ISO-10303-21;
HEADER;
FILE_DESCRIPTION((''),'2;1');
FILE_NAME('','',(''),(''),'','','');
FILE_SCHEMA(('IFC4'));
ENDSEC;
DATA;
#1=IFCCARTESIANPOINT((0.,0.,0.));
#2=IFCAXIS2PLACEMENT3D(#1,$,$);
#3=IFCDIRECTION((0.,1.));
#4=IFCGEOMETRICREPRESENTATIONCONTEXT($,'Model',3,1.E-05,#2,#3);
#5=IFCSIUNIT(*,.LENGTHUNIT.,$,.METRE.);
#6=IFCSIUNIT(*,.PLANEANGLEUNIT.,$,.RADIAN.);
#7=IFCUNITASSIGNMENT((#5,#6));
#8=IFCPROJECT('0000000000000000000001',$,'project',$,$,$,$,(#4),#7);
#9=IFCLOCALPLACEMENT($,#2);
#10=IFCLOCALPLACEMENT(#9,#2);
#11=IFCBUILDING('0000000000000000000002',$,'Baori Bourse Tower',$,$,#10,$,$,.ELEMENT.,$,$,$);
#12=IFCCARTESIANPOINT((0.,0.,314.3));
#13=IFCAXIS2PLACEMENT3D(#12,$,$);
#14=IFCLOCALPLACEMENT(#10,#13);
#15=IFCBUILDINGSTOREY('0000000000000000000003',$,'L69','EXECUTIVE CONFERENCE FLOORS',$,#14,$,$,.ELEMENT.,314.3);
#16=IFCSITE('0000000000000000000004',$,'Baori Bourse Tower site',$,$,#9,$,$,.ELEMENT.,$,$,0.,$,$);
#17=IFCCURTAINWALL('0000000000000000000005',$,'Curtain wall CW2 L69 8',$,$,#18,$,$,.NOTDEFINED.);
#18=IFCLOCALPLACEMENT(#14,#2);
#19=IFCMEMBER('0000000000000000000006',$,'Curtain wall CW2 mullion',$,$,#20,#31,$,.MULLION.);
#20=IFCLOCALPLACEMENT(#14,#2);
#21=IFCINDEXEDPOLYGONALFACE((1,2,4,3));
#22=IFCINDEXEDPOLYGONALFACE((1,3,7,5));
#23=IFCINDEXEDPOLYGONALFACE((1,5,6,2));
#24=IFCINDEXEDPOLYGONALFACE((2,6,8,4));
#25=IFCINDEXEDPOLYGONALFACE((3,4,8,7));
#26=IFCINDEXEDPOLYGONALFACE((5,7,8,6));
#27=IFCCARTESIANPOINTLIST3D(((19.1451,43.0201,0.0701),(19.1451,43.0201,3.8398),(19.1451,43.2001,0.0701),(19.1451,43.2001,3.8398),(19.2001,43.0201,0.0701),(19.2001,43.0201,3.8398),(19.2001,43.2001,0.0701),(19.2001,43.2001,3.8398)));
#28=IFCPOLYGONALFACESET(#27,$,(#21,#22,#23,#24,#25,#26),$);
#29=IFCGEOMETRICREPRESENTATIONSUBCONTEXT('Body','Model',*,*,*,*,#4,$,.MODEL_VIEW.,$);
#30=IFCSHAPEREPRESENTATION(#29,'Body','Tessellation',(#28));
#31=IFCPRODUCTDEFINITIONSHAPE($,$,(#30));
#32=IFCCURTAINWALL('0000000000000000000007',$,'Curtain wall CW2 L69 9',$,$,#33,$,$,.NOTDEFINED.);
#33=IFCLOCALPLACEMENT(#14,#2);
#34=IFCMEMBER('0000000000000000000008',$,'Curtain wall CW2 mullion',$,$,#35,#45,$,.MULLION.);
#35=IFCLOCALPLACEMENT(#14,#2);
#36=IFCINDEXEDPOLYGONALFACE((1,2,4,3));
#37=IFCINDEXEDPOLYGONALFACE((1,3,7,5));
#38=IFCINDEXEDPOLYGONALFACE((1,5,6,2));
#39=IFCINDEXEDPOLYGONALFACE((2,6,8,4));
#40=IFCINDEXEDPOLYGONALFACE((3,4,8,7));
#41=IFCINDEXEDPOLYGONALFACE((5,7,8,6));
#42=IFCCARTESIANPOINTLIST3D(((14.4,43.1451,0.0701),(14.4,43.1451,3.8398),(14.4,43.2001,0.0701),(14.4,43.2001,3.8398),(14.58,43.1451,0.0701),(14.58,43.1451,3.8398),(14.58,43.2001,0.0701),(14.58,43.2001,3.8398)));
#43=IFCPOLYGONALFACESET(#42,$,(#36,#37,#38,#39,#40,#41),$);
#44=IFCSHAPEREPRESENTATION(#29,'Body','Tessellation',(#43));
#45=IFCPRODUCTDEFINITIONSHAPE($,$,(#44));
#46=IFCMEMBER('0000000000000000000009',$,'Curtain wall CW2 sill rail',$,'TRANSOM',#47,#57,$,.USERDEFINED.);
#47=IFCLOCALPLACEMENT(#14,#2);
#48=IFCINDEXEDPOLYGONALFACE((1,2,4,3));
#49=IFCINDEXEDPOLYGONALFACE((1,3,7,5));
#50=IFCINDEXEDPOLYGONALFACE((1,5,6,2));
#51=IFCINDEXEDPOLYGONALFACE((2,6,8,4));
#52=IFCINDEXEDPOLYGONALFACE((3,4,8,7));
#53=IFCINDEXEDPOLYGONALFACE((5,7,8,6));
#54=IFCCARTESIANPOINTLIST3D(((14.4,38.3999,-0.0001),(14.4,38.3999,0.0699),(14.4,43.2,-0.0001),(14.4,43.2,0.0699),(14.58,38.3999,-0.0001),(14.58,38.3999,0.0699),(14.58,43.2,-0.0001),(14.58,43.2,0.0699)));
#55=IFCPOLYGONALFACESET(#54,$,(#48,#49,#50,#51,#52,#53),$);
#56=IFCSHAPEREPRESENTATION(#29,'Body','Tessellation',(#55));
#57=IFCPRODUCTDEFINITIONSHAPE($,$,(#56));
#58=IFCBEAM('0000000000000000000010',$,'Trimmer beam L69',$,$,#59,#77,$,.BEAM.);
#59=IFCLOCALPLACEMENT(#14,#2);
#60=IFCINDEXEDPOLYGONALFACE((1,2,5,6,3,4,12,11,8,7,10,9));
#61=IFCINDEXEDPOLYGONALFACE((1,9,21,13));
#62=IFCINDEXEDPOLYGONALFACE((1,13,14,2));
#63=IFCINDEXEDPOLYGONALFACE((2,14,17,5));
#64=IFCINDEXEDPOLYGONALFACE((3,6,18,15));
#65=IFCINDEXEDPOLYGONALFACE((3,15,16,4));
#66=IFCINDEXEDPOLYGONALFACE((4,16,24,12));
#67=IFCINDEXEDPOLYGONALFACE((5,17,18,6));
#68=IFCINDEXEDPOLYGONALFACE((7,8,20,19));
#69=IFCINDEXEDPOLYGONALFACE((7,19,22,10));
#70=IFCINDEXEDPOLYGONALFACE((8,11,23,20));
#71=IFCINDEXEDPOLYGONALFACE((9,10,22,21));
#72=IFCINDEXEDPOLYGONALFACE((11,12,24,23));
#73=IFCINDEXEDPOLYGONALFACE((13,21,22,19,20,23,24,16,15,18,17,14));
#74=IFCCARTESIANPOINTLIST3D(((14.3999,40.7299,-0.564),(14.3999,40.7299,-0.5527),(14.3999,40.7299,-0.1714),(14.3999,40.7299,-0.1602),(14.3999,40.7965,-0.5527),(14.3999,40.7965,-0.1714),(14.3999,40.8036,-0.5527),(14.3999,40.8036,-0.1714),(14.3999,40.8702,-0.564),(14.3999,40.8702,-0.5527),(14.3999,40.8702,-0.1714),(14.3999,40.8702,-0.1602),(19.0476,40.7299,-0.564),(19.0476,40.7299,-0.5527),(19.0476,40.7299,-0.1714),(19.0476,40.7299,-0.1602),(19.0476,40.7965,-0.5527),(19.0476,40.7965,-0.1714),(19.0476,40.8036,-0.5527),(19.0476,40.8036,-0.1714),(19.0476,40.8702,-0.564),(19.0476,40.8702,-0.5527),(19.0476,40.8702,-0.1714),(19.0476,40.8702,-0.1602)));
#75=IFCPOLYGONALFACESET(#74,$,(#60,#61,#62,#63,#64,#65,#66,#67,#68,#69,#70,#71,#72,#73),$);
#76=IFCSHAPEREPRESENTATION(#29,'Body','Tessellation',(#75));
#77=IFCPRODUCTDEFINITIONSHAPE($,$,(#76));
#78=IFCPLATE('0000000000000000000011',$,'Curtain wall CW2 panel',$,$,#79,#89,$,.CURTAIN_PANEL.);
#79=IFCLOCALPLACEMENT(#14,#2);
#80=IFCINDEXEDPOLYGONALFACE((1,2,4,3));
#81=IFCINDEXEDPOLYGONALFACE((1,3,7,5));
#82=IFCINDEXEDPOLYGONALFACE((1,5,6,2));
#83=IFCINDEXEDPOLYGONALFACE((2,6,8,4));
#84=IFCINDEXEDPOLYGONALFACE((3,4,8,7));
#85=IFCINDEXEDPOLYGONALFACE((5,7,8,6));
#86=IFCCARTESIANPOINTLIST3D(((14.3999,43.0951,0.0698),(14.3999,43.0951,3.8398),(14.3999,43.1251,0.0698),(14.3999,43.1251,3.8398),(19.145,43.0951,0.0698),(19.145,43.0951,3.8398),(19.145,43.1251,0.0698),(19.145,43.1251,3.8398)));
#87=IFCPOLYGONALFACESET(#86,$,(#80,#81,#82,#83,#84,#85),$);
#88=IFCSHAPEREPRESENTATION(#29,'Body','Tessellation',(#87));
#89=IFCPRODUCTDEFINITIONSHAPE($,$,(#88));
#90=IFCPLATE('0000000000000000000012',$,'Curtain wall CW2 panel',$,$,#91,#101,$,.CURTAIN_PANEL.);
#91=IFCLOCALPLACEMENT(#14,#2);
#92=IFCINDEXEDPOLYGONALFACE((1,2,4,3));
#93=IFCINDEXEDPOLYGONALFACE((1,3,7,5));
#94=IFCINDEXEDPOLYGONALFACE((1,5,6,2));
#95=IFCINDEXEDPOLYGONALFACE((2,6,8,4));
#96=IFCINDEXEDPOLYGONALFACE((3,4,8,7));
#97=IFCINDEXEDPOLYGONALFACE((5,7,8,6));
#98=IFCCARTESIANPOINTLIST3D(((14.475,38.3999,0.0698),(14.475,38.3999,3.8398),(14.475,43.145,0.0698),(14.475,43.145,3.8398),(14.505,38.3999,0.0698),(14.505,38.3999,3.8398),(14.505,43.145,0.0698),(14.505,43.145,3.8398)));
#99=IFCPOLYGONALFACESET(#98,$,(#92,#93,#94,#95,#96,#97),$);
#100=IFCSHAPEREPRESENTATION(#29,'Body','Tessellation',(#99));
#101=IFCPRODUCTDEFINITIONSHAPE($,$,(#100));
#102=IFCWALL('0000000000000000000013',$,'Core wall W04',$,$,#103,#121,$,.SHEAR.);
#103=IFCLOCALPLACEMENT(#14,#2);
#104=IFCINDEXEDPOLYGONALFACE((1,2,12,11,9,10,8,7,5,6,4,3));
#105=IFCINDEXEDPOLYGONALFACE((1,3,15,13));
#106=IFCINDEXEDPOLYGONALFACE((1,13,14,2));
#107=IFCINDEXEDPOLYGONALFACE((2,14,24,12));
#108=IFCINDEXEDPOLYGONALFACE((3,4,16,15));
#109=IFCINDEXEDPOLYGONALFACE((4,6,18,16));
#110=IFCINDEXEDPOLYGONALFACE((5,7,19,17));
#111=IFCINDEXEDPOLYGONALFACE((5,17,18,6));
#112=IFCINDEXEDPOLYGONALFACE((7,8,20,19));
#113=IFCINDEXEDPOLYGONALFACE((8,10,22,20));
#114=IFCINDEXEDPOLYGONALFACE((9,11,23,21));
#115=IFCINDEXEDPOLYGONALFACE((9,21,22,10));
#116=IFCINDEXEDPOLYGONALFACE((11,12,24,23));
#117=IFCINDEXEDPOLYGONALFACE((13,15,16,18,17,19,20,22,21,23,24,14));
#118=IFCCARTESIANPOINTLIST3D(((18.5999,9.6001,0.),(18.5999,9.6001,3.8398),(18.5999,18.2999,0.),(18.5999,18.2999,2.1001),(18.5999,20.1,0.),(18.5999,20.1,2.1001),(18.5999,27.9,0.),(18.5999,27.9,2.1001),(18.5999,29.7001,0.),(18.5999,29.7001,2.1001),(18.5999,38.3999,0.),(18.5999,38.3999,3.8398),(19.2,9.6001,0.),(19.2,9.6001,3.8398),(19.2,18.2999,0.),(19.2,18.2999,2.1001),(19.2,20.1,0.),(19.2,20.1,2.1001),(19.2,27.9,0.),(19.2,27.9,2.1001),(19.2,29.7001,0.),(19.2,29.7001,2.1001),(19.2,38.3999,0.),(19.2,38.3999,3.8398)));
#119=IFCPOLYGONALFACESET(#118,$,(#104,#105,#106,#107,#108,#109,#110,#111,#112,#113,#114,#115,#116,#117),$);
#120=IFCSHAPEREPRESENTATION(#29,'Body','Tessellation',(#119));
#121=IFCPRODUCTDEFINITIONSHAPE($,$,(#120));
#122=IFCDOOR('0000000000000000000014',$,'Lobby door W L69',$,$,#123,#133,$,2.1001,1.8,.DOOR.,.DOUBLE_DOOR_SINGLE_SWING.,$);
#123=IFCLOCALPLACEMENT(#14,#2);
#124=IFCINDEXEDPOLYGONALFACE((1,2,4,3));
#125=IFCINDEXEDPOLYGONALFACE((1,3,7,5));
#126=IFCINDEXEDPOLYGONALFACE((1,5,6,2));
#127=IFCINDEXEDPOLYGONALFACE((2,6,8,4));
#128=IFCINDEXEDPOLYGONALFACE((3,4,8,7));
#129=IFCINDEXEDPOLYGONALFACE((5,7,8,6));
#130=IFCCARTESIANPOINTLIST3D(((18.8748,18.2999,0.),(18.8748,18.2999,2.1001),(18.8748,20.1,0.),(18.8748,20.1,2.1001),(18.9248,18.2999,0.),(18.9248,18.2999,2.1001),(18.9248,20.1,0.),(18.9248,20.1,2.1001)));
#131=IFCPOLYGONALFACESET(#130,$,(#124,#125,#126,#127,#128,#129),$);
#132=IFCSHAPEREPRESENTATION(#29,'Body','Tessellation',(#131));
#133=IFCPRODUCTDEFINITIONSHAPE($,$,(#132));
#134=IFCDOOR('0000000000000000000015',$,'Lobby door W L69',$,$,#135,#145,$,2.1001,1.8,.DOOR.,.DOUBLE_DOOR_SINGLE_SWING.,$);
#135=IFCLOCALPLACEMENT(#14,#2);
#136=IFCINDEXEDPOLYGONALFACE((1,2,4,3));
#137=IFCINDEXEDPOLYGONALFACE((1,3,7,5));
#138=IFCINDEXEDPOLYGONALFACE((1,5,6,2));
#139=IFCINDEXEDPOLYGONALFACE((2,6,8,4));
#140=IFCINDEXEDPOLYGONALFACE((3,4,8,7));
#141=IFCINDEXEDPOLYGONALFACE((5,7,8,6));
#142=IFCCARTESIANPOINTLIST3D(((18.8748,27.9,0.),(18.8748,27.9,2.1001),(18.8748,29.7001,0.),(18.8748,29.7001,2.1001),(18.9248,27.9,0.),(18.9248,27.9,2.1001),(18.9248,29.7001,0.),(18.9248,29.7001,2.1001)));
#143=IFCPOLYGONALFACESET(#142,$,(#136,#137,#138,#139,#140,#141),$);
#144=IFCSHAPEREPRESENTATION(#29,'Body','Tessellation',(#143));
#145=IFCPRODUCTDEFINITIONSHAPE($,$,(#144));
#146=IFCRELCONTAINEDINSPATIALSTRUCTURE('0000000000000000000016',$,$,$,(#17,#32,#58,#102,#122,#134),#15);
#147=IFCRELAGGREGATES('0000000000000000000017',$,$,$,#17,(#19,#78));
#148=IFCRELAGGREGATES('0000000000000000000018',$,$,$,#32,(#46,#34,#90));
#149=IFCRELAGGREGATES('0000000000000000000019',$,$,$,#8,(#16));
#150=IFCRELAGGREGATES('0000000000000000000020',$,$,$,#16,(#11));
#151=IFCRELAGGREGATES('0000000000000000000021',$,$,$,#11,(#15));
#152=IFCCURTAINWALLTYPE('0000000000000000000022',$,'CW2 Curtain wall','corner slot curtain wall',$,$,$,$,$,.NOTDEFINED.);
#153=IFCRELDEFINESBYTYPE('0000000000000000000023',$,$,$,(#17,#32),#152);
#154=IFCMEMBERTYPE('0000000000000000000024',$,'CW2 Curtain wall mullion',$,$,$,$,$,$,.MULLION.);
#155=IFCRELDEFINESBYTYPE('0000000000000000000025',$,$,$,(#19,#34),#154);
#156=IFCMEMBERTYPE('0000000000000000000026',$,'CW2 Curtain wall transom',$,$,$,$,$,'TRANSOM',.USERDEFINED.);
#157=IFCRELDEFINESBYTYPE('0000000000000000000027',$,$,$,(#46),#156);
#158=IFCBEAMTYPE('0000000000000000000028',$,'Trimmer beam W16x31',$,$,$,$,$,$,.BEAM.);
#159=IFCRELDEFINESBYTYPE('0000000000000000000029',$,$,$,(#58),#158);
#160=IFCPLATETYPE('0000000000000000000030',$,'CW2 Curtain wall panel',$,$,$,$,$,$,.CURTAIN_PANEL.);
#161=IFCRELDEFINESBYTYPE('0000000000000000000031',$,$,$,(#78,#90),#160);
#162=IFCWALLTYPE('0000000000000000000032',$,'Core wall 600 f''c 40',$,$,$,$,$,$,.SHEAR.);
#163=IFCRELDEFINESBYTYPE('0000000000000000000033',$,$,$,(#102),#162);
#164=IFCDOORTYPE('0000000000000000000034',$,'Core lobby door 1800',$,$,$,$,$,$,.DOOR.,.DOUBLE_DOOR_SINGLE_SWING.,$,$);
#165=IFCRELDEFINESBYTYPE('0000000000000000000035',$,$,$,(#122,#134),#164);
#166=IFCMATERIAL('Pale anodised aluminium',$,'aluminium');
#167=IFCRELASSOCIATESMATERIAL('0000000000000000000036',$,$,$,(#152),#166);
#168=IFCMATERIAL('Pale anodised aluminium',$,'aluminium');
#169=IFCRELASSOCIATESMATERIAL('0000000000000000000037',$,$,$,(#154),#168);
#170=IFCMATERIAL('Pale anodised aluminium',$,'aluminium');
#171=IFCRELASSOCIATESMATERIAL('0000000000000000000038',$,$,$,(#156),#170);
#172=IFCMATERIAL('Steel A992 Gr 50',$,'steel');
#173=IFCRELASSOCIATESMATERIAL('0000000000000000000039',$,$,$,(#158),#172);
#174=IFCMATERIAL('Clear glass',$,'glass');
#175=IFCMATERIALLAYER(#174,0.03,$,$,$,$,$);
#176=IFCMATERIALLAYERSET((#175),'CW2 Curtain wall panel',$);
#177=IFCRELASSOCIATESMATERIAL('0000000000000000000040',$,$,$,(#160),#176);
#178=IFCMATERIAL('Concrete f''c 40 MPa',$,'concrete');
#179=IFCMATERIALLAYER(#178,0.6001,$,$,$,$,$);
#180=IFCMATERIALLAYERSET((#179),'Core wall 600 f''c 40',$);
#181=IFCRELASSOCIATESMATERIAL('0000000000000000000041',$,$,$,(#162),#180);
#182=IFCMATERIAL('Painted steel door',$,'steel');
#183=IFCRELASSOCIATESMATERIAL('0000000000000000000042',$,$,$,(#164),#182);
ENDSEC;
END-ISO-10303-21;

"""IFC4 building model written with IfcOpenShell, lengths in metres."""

from ifc_helpers import new_model, si_unit, direction, frame, frame_2d, origin, origin_2d, place, context, subcontext, project, spatial, rectangle, i_section, extrude, material, layer, layer_set, material_profile, profile_set, type_object, element, fill, aggregate, save


model = new_model("IFC4")

# Units and contexts
model_context = context("Model", 3, precision=1e-05, world=origin(), true_north=direction((0.0, 1.0)))
body_context = subcontext(model_context, "Body", "Model", "MODEL_VIEW")
ifc_project = project(units=[si_unit("LENGTHUNIT", "METRE"), si_unit("PLANEANGLEUNIT", "RADIAN")], contexts=[model_context])

# Site, building, storey
site_placement = place(None, origin())
site = spatial("IfcSite", under=ifc_project, at=site_placement, Name="Baori Bourse Tower site", CompositionType="ELEMENT", RefElevation=0.0)
building_placement = place(site_placement, origin())
building = spatial("IfcBuilding", under=site, at=building_placement, Name="Baori Bourse Tower", CompositionType="ELEMENT")
storey_placement = place(building_placement, frame((0.0, 0.0, 314.3)))
storey = spatial("IfcBuildingStorey", under=building, at=storey_placement, Name="L69", Description="EXECUTIVE CONFERENCE FLOORS", CompositionType="ELEMENT", Elevation=314.3)

# Curtain wall, member
ifc_material_1 = material(Name="Pale anodised aluminium", Category="aluminium")
curtain_wall_type = type_object("IfcCurtainWallType", Name="CW2 Curtain wall", Description="corner slot curtain wall", PredefinedType="NOTDEFINED", material=ifc_material_1)
curtain_wall_1_placement = place(storey_placement, origin())
curtain_wall_1 = element("IfcCurtainWall", 1, at=curtain_wall_1_placement, inside=storey, type_object=curtain_wall_type, Name="Curtain wall CW2 L69 8", PredefinedType="NOTDEFINED")
ifc_material_2 = material(Name="Pale anodised aluminium", Category="aluminium")
ifc_material_profile_1 = material_profile(ifc_material_2, rectangle(XDim=0.1799, YDim=0.0549, at=origin_2d()), Name="Mullion 55x180")
ifc_profile_set_1 = profile_set([ifc_material_profile_1], Name="Pale anodised aluminium")
member_type_1 = type_object("IfcMemberType", Name="CW2 Curtain wall mullion", PredefinedType="MULLION", material=ifc_profile_set_1)
member_1_placement = place(storey_placement, frame((19.1726, 43.1101, 0.0701), z_axis=(0.0, 0.0, 1.0), x_axis=(0.0, -1.0, 0.0)))
member_1 = element("IfcMember", 2, at=member_1_placement, type_object=member_type_1, Name="Curtain wall CW2 mullion", PredefinedType="MULLION", context=body_context, shape_type="SweptSolid", body=[
    extrude(rectangle(XDim=0.1799, YDim=0.0549, at=origin_2d()), origin(), (0.0, 0.0, 1.0), 3.7698),
])

# Curtain wall, members
curtain_wall_2_placement = place(storey_placement, origin())
curtain_wall_2 = element("IfcCurtainWall", 3, at=curtain_wall_2_placement, inside=storey, type_object=curtain_wall_type, Name="Curtain wall CW2 L69 9", PredefinedType="NOTDEFINED")
member_2_placement = place(storey_placement, frame((14.49, 43.1726, 0.0701), z_axis=(0.0, 0.0, 1.0), x_axis=(1.0, 0.0, 0.0)))
member_2 = element("IfcMember", 4, at=member_2_placement, type_object=member_type_1, Name="Curtain wall CW2 mullion", PredefinedType="MULLION", context=body_context, shape_type="SweptSolid", body=[
    extrude(rectangle(XDim=0.1799, YDim=0.0549, at=origin_2d()), origin(), (0.0, 0.0, 1.0), 3.7698),
])
ifc_material_3 = material(Name="Pale anodised aluminium", Category="aluminium")
ifc_material_profile_2 = material_profile(ifc_material_3, rectangle(XDim=0.1799, YDim=0.0701, at=origin_2d()), Name="Transom 70x180")
ifc_profile_set_2 = profile_set([ifc_material_profile_2], Name="Pale anodised aluminium")
member_type_2 = type_object("IfcMemberType", Name="CW2 Curtain wall transom", ElementType="TRANSOM", PredefinedType="USERDEFINED", material=ifc_profile_set_2)
member_3_placement = place(storey_placement, frame((14.49, 43.2, 0.0349), z_axis=(0.0, -1.0, 0.0), x_axis=(1.0, 0.0, 0.0)))
member_3 = element("IfcMember", 5, at=member_3_placement, type_object=member_type_2, Name="Curtain wall CW2 sill rail", ObjectType="TRANSOM", PredefinedType="USERDEFINED", context=body_context, shape_type="SweptSolid", body=[
    extrude(rectangle(XDim=0.1799, YDim=0.0701, at=origin_2d()), origin(), (0.0, 0.0, 1.0), 4.8),
])

# Beam
ifc_material_4 = material(Name="Steel A992 Gr 50", Category="steel")
ifc_material_profile_3 = material_profile(ifc_material_4, i_section(OverallWidth=0.1404, OverallDepth=0.4038, WebThickness=0.0071, FlangeThickness=0.0112, at=origin_2d()), Name="W16x31")
ifc_profile_set_3 = profile_set([ifc_material_profile_3], Name="Steel A992 Gr 50")
beam_type = type_object("IfcBeamType", Name="Trimmer beam W16x31", PredefinedType="BEAM", material=ifc_profile_set_3)
beam_placement = place(storey_placement, frame((14.3999, 40.8, -0.3621), z_axis=(1.0, 0.0, 0.0), x_axis=(0.0, 1.0, 0.0)))
element("IfcBeam", 6, at=beam_placement, inside=storey, type_object=beam_type, Name="Trimmer beam L69", PredefinedType="BEAM", context=body_context, shape_type="SweptSolid", body=[
    extrude(i_section(OverallWidth=0.1404, OverallDepth=0.4038, WebThickness=0.0071, FlangeThickness=0.0112, at=origin_2d()), origin(), (0.0, 0.0, 1.0), 4.6477),
])

# Plates
ifc_material_5 = material(Name="Clear glass", Category="glass")
ifc_layer_1 = layer(ifc_material_5, 0.03)
ifc_layer_set_1 = layer_set([ifc_layer_1], Name="CW2 Curtain wall panel")
plate_type = type_object("IfcPlateType", Name="CW2 Curtain wall panel", PredefinedType="CURTAIN_PANEL", material=ifc_layer_set_1)
plate_1_placement = place(storey_placement, frame((16.7725, 43.1101, 0.0698), z_axis=(0.0, 0.0, 1.0), x_axis=(-1.0, 0.0, 0.0)))
plate_1 = element("IfcPlate", 7, at=plate_1_placement, type_object=plate_type, Name="Curtain wall CW2 panel", PredefinedType="CURTAIN_PANEL", context=body_context, shape_type="SweptSolid", body=[
    extrude(rectangle(XDim=4.7451, YDim=0.03, at=origin_2d()), origin(), (0.0, 0.0, 1.0), 3.77),
])
aggregate(curtain_wall_1, [member_1, plate_1])
plate_2_placement = place(storey_placement, frame((14.49, 40.7725, 0.0698), z_axis=(0.0, 0.0, 1.0), x_axis=(0.0, -1.0, 0.0)))
plate_2 = element("IfcPlate", 8, at=plate_2_placement, type_object=plate_type, Name="Curtain wall CW2 panel", PredefinedType="CURTAIN_PANEL", context=body_context, shape_type="SweptSolid", body=[
    extrude(rectangle(XDim=4.7451, YDim=0.03, at=origin_2d()), origin(), (0.0, 0.0, 1.0), 3.77),
])
aggregate(curtain_wall_2, [member_3, member_2, plate_2])

# Wall, openings, doors
ifc_material_6 = material(Name="Concrete f'c 40 MPa", Category="concrete")
ifc_layer_2 = layer(ifc_material_6, 0.6001)
ifc_layer_set_2 = layer_set([ifc_layer_2], Name="Core wall 600 f'c 40")
wall_type_1 = type_object("IfcWallType", Name="Core wall 600 f'c 40", PredefinedType="SHEAR", material=ifc_layer_set_2)
wall_1_placement = place(storey_placement, frame((18.8999, 38.3999, 0.0), z_axis=(0.0, 0.0, 1.0), x_axis=(0.0, -1.0, 0.0)))
wall_1 = element("IfcWall", 9, at=wall_1_placement, inside=storey, type_object=wall_type_1, Name="Core wall W04", PredefinedType="SHEAR", context=body_context, shape_type="SweptSolid", body=[
    extrude(rectangle(XDim=28.7998, YDim=0.6001, at=frame_2d((14.3999, 0.0))), origin(), (0.0, 0.0, 1.0), 3.8398),
])
opening_1_placement = place(wall_1_placement, frame((18.3, 0.0, 0.0)))
opening_1 = element("IfcOpeningElement", 10, at=opening_1_placement, cuts=wall_1, PredefinedType="OPENING", context=body_context, shape_type="SweptSolid", body=[
    extrude(rectangle(XDim=1.8, YDim=2.1001, at=frame_2d((0.8999, 1.05))), frame((0.0, 0.3101, 0.0), z_axis=(0.0, -1.0, 0.0), x_axis=(1.0, 0.0, 0.0)), (0.0, 0.0, 1.0), 0.6201),
])
opening_2_placement = place(wall_1_placement, frame((8.7, 0.0, 0.0)))
opening_2 = element("IfcOpeningElement", 11, at=opening_2_placement, cuts=wall_1, PredefinedType="OPENING", context=body_context, shape_type="SweptSolid", body=[
    extrude(rectangle(XDim=1.8, YDim=2.1001, at=frame_2d((0.8999, 1.05))), frame((0.0, 0.3101, 0.0), z_axis=(0.0, -1.0, 0.0), x_axis=(1.0, 0.0, 0.0)), (0.0, 0.0, 1.0), 0.6201),
])
ifc_material_7 = material(Name="Painted steel door", Category="steel")
door_type_1 = type_object("IfcDoorType", Name="Core lobby door 1800", OperationType="DOUBLE_DOOR_SINGLE_SWING", PredefinedType="DOOR", material=ifc_material_7)
door_1_placement = place(opening_1_placement, origin())
door_1 = element("IfcDoor", 12, at=door_1_placement, inside=storey, type_object=door_type_1, Name="Lobby door W L69", OperationType="DOUBLE_DOOR_SINGLE_SWING", OverallHeight=2.1001, OverallWidth=1.8, PredefinedType="DOOR", context=body_context, shape_type="SweptSolid", body=[
    extrude(rectangle(XDim=1.8, YDim=2.1001, at=frame_2d((0.8999, 1.05))), frame((0.0, 0.0249, 0.0), z_axis=(0.0, -1.0, 0.0), x_axis=(1.0, 0.0, 0.0)), (0.0, 0.0, 1.0), 0.05),
])
fill(opening_1, door_1)
door_2_placement = place(opening_2_placement, origin())
door_2 = element("IfcDoor", 13, at=door_2_placement, inside=storey, type_object=door_type_1, Name="Lobby door W L69", OperationType="DOUBLE_DOOR_SINGLE_SWING", OverallHeight=2.1001, OverallWidth=1.8, PredefinedType="DOOR", context=body_context, shape_type="SweptSolid", body=[
    extrude(rectangle(XDim=1.8, YDim=2.1001, at=frame_2d((0.8999, 1.05))), frame((0.0, 0.0249, 0.0), z_axis=(0.0, -1.0, 0.0), x_axis=(1.0, 0.0, 0.0)), (0.0, 0.0, 1.0), 0.05),
])
fill(opening_2, door_2)

save(model, "model.ifc")
